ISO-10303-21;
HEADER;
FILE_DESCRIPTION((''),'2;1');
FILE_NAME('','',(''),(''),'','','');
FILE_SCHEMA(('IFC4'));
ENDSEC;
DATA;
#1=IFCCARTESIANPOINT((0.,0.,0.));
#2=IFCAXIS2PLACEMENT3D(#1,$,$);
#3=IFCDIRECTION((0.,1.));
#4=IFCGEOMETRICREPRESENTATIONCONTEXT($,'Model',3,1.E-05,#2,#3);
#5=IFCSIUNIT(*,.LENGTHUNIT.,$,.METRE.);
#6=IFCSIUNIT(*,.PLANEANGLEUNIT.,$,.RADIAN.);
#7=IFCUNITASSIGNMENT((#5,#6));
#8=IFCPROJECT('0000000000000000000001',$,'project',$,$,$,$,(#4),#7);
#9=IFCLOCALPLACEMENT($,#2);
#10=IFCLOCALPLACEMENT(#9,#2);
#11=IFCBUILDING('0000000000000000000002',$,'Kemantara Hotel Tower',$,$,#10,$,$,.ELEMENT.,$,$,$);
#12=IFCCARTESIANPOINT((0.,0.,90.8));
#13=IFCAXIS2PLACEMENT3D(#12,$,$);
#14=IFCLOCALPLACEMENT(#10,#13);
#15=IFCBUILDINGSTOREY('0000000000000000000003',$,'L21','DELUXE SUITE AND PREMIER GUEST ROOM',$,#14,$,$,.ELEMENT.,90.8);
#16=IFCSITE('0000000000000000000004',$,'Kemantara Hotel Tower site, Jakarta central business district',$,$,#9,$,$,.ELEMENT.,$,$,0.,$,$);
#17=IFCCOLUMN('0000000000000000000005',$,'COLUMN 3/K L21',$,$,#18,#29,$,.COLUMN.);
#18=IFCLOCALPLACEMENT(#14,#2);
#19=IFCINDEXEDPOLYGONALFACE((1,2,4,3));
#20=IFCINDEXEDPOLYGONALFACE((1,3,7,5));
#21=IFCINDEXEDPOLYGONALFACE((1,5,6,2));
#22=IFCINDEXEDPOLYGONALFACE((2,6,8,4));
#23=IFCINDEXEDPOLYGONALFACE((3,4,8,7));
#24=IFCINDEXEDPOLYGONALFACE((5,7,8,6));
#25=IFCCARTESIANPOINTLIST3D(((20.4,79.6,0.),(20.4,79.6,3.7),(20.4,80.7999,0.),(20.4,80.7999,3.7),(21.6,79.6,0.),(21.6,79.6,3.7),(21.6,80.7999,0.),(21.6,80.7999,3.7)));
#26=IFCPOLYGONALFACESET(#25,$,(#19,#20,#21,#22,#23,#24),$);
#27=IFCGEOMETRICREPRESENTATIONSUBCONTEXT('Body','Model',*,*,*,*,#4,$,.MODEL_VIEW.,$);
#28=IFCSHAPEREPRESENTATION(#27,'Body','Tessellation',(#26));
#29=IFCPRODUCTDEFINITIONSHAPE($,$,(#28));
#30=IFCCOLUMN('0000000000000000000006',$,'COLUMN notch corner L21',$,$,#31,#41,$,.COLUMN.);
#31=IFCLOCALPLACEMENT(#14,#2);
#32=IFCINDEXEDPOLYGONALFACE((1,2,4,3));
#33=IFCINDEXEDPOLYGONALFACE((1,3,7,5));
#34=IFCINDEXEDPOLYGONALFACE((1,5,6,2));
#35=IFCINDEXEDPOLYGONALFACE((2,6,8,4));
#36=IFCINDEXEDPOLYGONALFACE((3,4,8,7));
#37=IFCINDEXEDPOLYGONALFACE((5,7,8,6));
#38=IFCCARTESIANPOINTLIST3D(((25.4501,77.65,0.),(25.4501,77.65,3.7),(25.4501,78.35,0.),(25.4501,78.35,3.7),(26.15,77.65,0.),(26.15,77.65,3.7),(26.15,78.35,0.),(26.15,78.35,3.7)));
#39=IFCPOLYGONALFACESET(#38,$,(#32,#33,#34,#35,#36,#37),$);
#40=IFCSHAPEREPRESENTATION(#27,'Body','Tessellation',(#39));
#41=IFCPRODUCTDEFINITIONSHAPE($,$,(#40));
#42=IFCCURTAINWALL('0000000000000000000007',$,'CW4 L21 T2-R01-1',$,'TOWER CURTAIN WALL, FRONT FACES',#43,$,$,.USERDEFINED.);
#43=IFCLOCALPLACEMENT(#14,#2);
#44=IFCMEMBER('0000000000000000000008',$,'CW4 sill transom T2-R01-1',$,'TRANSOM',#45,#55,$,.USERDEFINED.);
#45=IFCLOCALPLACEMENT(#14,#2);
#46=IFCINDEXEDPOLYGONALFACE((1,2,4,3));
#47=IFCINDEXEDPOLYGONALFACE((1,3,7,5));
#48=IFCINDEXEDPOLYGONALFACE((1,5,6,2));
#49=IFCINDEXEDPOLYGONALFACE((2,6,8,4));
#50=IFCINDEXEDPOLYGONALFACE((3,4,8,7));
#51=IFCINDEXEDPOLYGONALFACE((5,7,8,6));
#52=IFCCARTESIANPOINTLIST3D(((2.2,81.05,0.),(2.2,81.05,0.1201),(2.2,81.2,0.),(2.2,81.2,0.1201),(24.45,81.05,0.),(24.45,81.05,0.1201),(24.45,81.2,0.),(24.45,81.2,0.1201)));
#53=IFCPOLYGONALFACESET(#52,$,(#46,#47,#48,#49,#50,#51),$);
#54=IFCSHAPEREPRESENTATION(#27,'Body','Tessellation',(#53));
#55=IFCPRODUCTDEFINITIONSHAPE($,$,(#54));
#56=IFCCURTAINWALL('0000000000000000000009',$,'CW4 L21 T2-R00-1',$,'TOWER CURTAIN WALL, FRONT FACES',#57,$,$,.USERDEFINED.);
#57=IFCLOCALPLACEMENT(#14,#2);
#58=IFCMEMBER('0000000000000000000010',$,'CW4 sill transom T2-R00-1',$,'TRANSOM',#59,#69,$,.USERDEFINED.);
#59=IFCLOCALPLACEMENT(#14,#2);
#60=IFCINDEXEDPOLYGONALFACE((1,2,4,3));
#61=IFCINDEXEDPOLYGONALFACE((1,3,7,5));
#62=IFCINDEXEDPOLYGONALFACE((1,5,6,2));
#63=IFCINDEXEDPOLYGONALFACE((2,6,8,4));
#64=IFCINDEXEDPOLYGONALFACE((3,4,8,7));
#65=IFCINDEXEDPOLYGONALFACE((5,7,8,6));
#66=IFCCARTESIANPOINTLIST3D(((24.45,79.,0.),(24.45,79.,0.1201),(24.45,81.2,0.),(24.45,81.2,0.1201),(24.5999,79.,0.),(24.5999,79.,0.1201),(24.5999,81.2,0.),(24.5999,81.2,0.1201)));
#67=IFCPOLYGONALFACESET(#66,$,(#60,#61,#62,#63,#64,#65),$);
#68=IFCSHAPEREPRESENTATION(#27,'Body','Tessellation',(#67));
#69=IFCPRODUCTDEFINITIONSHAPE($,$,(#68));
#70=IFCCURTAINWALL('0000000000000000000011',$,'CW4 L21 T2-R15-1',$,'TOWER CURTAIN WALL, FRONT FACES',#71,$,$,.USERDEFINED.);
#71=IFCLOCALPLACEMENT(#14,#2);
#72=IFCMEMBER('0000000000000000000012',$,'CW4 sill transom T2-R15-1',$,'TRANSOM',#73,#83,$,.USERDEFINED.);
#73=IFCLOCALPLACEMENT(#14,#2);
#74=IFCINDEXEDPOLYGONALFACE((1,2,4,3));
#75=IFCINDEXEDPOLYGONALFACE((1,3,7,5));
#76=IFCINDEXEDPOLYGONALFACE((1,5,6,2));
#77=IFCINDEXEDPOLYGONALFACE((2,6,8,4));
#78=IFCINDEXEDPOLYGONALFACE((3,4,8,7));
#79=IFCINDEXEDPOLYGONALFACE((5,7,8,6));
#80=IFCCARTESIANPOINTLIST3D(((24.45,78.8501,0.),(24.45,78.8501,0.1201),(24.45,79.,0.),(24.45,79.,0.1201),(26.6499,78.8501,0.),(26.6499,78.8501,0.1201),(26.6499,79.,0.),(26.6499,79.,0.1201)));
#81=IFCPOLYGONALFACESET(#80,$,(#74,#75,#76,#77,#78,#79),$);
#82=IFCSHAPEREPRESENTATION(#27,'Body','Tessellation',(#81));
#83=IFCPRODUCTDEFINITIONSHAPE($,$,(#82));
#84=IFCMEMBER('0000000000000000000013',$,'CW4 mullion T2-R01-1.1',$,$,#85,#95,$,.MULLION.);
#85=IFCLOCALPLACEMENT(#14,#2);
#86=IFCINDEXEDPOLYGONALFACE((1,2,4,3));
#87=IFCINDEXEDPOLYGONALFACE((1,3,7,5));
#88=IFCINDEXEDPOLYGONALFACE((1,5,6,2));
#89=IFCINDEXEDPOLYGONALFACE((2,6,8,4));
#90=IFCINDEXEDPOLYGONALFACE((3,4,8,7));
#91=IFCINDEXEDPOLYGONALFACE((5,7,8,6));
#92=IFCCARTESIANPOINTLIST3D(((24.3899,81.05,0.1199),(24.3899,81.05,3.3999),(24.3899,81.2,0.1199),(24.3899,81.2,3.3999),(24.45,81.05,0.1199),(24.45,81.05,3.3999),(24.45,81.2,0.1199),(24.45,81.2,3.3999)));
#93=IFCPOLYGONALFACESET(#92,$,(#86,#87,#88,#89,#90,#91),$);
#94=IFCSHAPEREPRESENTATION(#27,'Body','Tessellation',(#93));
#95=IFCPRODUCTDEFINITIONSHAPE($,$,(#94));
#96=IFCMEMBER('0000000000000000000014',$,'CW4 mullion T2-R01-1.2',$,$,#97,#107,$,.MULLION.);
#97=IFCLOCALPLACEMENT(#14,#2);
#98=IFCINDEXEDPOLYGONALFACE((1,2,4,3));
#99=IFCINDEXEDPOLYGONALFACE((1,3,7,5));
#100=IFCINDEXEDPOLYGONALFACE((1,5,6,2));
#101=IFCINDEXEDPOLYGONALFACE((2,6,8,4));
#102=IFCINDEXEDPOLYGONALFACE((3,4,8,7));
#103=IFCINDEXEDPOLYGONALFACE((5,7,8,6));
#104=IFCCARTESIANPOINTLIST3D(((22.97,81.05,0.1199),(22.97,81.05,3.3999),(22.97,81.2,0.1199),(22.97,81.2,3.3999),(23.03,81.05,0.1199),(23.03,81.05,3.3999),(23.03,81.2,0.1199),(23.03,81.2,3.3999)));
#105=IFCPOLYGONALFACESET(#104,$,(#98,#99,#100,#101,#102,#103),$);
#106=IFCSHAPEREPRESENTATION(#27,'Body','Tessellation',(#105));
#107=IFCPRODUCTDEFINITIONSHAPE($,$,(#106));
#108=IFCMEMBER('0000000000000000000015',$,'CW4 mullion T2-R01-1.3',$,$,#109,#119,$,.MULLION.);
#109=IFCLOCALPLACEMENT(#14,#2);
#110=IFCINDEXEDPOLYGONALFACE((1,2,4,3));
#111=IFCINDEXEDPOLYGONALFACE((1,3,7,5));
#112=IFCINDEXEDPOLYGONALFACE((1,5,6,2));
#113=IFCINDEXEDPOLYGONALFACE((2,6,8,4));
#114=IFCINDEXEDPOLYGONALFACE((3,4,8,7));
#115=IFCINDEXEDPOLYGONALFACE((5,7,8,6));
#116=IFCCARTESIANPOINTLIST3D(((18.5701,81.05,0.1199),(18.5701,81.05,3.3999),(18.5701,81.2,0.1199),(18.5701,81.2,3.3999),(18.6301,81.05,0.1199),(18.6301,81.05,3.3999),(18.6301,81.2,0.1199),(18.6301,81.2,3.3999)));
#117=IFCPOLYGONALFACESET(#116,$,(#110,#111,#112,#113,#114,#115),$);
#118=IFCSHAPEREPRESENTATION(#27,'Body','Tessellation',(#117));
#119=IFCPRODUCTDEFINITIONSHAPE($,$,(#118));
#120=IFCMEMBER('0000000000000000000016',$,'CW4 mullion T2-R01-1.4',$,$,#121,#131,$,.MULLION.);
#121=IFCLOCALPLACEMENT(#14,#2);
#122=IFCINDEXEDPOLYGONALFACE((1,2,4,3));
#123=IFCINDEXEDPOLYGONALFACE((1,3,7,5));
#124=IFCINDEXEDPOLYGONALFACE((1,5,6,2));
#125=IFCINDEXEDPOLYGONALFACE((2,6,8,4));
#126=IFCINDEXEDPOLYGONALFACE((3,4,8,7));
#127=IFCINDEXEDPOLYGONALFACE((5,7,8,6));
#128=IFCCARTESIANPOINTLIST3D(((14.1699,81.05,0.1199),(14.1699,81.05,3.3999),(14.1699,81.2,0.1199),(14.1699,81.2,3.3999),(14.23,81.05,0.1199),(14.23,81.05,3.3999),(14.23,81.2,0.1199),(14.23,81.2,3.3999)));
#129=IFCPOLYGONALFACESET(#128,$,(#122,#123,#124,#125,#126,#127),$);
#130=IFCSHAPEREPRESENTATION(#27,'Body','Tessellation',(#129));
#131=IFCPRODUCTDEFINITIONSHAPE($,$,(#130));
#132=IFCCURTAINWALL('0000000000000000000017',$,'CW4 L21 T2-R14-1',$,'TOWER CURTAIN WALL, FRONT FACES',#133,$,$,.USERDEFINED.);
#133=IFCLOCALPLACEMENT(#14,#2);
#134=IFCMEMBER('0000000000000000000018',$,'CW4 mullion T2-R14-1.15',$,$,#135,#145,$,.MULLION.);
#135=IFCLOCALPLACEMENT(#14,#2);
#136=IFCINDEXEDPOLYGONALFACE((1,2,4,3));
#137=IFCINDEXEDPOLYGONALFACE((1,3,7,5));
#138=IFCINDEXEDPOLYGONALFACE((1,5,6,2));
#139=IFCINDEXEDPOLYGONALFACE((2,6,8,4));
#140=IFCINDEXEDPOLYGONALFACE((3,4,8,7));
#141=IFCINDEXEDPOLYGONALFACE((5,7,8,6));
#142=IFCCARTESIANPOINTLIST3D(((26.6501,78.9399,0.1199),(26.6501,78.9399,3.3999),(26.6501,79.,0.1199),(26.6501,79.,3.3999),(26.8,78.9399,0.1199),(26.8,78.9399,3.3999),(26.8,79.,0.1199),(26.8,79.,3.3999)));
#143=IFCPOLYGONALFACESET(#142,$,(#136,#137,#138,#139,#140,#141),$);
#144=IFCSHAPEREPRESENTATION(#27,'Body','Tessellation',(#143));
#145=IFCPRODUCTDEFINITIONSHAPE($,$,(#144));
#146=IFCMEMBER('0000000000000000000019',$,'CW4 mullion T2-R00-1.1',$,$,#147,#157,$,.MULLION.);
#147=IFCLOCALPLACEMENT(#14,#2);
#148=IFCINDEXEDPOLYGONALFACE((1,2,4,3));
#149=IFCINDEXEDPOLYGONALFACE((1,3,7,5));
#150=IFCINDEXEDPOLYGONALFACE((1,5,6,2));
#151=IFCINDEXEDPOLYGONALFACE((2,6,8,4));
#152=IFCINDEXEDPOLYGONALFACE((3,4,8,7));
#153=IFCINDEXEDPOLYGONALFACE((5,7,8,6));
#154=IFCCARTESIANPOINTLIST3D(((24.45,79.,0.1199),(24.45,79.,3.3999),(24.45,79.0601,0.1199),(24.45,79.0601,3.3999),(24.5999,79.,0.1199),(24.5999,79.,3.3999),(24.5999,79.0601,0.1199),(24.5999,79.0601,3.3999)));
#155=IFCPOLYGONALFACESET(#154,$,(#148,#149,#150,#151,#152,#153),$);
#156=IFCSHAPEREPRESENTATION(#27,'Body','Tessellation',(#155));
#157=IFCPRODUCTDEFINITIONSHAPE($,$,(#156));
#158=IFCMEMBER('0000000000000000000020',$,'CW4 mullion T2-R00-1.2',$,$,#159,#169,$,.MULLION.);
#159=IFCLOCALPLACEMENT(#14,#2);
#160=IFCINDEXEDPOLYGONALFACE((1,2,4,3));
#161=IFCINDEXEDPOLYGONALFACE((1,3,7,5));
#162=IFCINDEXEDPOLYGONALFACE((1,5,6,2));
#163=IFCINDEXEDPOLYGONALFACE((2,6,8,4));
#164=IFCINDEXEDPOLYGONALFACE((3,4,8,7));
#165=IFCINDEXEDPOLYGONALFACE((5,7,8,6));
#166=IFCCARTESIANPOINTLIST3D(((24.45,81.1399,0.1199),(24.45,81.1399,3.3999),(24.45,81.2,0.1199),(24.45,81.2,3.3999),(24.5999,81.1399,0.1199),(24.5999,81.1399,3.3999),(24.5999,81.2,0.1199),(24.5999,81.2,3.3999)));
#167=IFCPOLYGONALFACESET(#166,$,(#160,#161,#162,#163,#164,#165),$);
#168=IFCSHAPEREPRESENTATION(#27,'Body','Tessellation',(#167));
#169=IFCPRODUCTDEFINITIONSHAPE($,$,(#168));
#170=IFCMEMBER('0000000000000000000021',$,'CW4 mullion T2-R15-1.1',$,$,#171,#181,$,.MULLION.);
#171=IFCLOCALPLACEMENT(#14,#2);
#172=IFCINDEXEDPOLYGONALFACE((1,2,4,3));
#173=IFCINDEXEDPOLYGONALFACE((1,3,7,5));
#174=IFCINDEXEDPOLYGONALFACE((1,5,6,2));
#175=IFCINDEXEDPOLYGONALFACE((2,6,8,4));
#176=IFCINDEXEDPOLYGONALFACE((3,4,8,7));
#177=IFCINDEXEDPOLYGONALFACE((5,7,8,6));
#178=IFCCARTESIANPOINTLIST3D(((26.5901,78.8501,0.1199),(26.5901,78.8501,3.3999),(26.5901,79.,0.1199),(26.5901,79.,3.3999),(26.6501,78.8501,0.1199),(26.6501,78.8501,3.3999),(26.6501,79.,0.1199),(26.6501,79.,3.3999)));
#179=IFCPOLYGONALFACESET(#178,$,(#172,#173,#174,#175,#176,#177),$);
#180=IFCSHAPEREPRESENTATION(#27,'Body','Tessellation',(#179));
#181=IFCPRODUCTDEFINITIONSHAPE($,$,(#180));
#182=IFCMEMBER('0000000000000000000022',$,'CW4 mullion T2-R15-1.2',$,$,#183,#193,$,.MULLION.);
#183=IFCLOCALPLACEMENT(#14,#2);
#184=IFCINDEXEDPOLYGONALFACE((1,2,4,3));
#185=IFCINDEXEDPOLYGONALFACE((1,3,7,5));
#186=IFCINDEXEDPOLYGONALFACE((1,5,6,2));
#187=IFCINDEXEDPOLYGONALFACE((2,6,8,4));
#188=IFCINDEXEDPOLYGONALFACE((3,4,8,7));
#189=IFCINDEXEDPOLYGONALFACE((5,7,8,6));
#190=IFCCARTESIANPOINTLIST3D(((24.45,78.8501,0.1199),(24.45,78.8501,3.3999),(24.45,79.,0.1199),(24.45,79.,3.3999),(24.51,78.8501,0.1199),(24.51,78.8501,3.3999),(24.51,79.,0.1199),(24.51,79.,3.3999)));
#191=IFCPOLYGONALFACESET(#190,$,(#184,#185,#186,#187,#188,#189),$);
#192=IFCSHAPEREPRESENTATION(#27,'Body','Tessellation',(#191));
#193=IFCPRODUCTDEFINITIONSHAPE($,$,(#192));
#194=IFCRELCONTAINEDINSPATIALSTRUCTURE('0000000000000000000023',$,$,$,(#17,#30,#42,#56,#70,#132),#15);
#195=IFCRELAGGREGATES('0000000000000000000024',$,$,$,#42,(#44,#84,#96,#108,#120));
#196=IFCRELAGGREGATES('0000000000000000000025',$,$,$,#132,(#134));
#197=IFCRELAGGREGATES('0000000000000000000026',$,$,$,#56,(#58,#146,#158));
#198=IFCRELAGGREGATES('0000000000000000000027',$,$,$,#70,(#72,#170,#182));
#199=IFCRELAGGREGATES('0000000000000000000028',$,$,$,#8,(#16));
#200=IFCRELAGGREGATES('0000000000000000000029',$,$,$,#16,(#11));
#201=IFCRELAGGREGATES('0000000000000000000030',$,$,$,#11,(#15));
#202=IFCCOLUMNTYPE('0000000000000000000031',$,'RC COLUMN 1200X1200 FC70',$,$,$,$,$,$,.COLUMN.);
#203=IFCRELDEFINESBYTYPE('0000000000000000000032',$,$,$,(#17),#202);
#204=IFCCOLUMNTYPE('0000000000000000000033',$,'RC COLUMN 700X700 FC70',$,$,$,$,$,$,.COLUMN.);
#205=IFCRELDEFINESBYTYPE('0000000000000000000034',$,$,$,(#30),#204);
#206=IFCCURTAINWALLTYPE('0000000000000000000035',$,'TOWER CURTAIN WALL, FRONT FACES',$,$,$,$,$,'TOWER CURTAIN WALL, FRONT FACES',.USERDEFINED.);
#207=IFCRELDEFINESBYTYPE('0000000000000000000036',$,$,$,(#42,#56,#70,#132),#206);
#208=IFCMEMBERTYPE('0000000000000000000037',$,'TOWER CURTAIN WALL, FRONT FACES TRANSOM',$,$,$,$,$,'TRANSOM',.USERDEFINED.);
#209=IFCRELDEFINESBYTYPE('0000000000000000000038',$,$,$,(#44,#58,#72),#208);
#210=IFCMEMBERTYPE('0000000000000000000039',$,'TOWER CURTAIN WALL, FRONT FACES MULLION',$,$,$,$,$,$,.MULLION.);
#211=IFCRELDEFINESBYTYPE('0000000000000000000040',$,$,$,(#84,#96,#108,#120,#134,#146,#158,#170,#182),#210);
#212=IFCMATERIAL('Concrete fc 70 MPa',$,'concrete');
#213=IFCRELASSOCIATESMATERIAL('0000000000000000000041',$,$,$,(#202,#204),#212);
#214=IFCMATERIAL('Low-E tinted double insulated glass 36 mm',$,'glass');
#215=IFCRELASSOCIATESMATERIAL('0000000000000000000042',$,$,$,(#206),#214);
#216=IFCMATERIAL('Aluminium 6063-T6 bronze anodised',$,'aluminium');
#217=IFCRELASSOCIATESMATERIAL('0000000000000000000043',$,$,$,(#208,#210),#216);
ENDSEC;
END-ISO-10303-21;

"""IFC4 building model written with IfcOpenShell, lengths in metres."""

from ifc_helpers import new_model, si_unit, direction, frame, origin, origin_2d, place, context, subcontext, project, spatial, rectangle, extrude, source, transform, mapped, material, material_profile, profile_set, type_object, element, aggregate, save


model = new_model("IFC4")

# Units and contexts
model_context = context("Model", 3, precision=1e-05, world=origin(), true_north=direction((0.0, 1.0)))
body_context = subcontext(model_context, "Body", "Model", "MODEL_VIEW")
ifc_project = project(units=[si_unit("LENGTHUNIT", "METRE"), si_unit("PLANEANGLEUNIT", "RADIAN")], contexts=[model_context])

# Site, building, storey
site_placement = place(None, origin())
site = spatial("IfcSite", under=ifc_project, at=site_placement, Name="Kemantara Hotel Tower site, Jakarta central business district", CompositionType="ELEMENT", RefElevation=0.0)
building_placement = place(site_placement, origin())
building = spatial("IfcBuilding", under=site, at=building_placement, Name="Kemantara Hotel Tower", CompositionType="ELEMENT")
storey_placement = place(building_placement, frame((0.0, 0.0, 90.8)))
storey = spatial("IfcBuildingStorey", under=building, at=storey_placement, Name="L21", Description="DELUXE SUITE AND PREMIER GUEST ROOM", CompositionType="ELEMENT", Elevation=90.8)

# Columns
ifc_material_1 = material(Name="Concrete fc 70 MPa", Category="concrete")
ifc_material_profile_1 = material_profile(ifc_material_1, rectangle(XDim=1.2, YDim=1.2, at=origin_2d()), Name="RC 1200X1200")
ifc_profile_set_1 = profile_set([ifc_material_profile_1], Name="Concrete fc 70 MPa")
column_type_1 = type_object("IfcColumnType", Name="RC COLUMN 1200X1200 FC70", PredefinedType="COLUMN", material=ifc_profile_set_1)
column_1_placement = place(storey_placement, frame((21.0, 80.2, 0.0), z_axis=(0.0, 0.0, 1.0), x_axis=(1.0, 0.0, 0.0)))
element("IfcColumn", 1, at=column_1_placement, inside=storey, type_object=column_type_1, Name="COLUMN 3/K L21", PredefinedType="COLUMN", context=body_context, shape_type="SweptSolid", body=[
    extrude(rectangle(XDim=1.2, YDim=1.2, at=origin_2d()), origin(), (0.0, 0.0, 1.0), 3.7),
])
ifc_material_profile_2 = material_profile(ifc_material_1, rectangle(XDim=0.7, YDim=0.7, at=origin_2d()), Name="RC 700X700")
ifc_profile_set_2 = profile_set([ifc_material_profile_2], Name="Concrete fc 70 MPa")
column_type_2 = type_object("IfcColumnType", Name="RC COLUMN 700X700 FC70", PredefinedType="COLUMN", material=ifc_profile_set_2)
column_2_placement = place(storey_placement, frame((25.8, 78.0, 0.0), z_axis=(0.0, 0.0, 1.0), x_axis=(1.0, 0.0, 0.0)))
element("IfcColumn", 2, at=column_2_placement, inside=storey, type_object=column_type_2, Name="COLUMN notch corner L21", PredefinedType="COLUMN", context=body_context, shape_type="SweptSolid", body=[
    extrude(rectangle(XDim=0.7, YDim=0.7, at=origin_2d()), origin(), (0.0, 0.0, 1.0), 3.7),
])

# Curtain walls, members
ifc_material_2 = material(Name="Low-E tinted double insulated glass 36 mm", Category="glass")
curtain_wall_type = type_object("IfcCurtainWallType", Name="TOWER CURTAIN WALL, FRONT FACES", ElementType="TOWER CURTAIN WALL, FRONT FACES", PredefinedType="USERDEFINED", material=ifc_material_2)
curtain_wall_1_placement = place(storey_placement, origin())
curtain_wall_1 = element("IfcCurtainWall", 3, at=curtain_wall_1_placement, inside=storey, type_object=curtain_wall_type, Name="CW4 L21 T2-R01-1", ObjectType="TOWER CURTAIN WALL, FRONT FACES", PredefinedType="USERDEFINED")
ifc_material_3 = material(Name="Aluminium 6063-T6 bronze anodised", Category="aluminium")
ifc_material_profile_3 = material_profile(ifc_material_3, rectangle(XDim=0.1499, YDim=0.1201, at=origin_2d()), Name="TOWER CURTAIN WALL, FRONT FACES TRANSOM")
ifc_profile_set_3 = profile_set([ifc_material_profile_3], Name="Aluminium 6063-T6 bronze anodised")
member_type_1 = type_object("IfcMemberType", Name="TOWER CURTAIN WALL, FRONT FACES TRANSOM", ElementType="TRANSOM", PredefinedType="USERDEFINED", material=ifc_profile_set_3)
member_1_placement = place(storey_placement, frame((24.45, 81.125, 0.0601), z_axis=(-1.0, 0.0, 0.0), x_axis=(0.0, -1.0, 0.0)))
member_1 = element("IfcMember", 4, at=member_1_placement, type_object=member_type_1, Name="CW4 sill transom T2-R01-1", ObjectType="TRANSOM", PredefinedType="USERDEFINED", context=body_context, shape_type="SweptSolid", body=[
    extrude(rectangle(XDim=0.1499, YDim=0.1201, at=origin_2d()), origin(), (0.0, 0.0, 1.0), 22.25),
])
curtain_wall_2_placement = place(storey_placement, origin())
curtain_wall_2 = element("IfcCurtainWall", 5, at=curtain_wall_2_placement, inside=storey, type_object=curtain_wall_type, Name="CW4 L21 T2-R00-1", ObjectType="TOWER CURTAIN WALL, FRONT FACES", PredefinedType="USERDEFINED")
member_2_placement = place(storey_placement, frame((24.5249, 79.0, 0.0601), z_axis=(0.0, 1.0, 0.0), x_axis=(-1.0, 0.0, 0.0)))
member_2 = element("IfcMember", 6, at=member_2_placement, type_object=member_type_1, Name="CW4 sill transom T2-R00-1", ObjectType="TRANSOM", PredefinedType="USERDEFINED", context=body_context, shape_type="SweptSolid", body=[
    extrude(rectangle(XDim=0.1499, YDim=0.1201, at=origin_2d()), origin(), (0.0, 0.0, 1.0), 2.2),
])
curtain_wall_3_placement = place(storey_placement, origin())
curtain_wall_3 = element("IfcCurtainWall", 7, at=curtain_wall_3_placement, inside=storey, type_object=curtain_wall_type, Name="CW4 L21 T2-R15-1", ObjectType="TOWER CURTAIN WALL, FRONT FACES", PredefinedType="USERDEFINED")
member_3_placement = place(storey_placement, frame((26.6499, 78.925, 0.0601), z_axis=(-1.0, 0.0, 0.0), x_axis=(0.0, -1.0, 0.0)))
member_3 = element("IfcMember", 8, at=member_3_placement, type_object=member_type_1, Name="CW4 sill transom T2-R15-1", ObjectType="TRANSOM", PredefinedType="USERDEFINED", context=body_context, shape_type="SweptSolid", body=[
    extrude(rectangle(XDim=0.1499, YDim=0.1201, at=origin_2d()), origin(), (0.0, 0.0, 1.0), 2.2),
])

# Members
ifc_material_profile_4 = material_profile(ifc_material_3, rectangle(XDim=0.1499, YDim=0.0601, at=origin_2d()), Name="TOWER CURTAIN WALL, FRONT FACES MULLION")
ifc_profile_set_4 = profile_set([ifc_material_profile_4], Name="Aluminium 6063-T6 bronze anodised")
member_type_2 = type_object("IfcMemberType", Name="TOWER CURTAIN WALL, FRONT FACES MULLION", PredefinedType="MULLION", material=ifc_profile_set_4)
shared_shape_1 = source(origin(), body_context, "Body", "SweptSolid", [
    extrude(rectangle(XDim=0.1499, YDim=0.0601, at=origin_2d()), origin(), (0.0, 0.0, 1.0), 3.28),
])
member_4_placement = place(storey_placement, frame((24.4199, 81.125, 0.1199), z_axis=(0.0, 0.0, 1.0), x_axis=(0.0, -1.0, 0.0)))
member_4 = element("IfcMember", 9, at=member_4_placement, type_object=member_type_2, Name="CW4 mullion T2-R01-1.1", PredefinedType="MULLION", context=body_context, shape_type="MappedRepresentation", body=[
    mapped(shared_shape_1, transform((0.0, 0.0, 0.0))),
])
member_5_placement = place(storey_placement, frame((23.0, 81.125, 0.1199), z_axis=(0.0, 0.0, 1.0), x_axis=(0.0, -1.0, 0.0)))
member_5 = element("IfcMember", 10, at=member_5_placement, type_object=member_type_2, Name="CW4 mullion T2-R01-1.2", PredefinedType="MULLION", context=body_context, shape_type="MappedRepresentation", body=[
    mapped(shared_shape_1, transform((0.0, 0.0, 0.0))),
])
member_6_placement = place(storey_placement, frame((18.6001, 81.125, 0.1199), z_axis=(0.0, 0.0, 1.0), x_axis=(0.0, -1.0, 0.0)))
member_6 = element("IfcMember", 11, at=member_6_placement, type_object=member_type_2, Name="CW4 mullion T2-R01-1.3", PredefinedType="MULLION", context=body_context, shape_type="MappedRepresentation", body=[
    mapped(shared_shape_1, transform((0.0, 0.0, 0.0))),
])
member_7_placement = place(storey_placement, frame((14.2, 81.125, 0.1199), z_axis=(0.0, 0.0, 1.0), x_axis=(0.0, -1.0, 0.0)))
member_7 = element("IfcMember", 12, at=member_7_placement, type_object=member_type_2, Name="CW4 mullion T2-R01-1.4", PredefinedType="MULLION", context=body_context, shape_type="MappedRepresentation", body=[
    mapped(shared_shape_1, transform((0.0, 0.0, 0.0))),
])

# Curtain wall, member
curtain_wall_4_placement = place(storey_placement, origin())
curtain_wall_4 = element("IfcCurtainWall", 13, at=curtain_wall_4_placement, inside=storey, type_object=curtain_wall_type, Name="CW4 L21 T2-R14-1", ObjectType="TOWER CURTAIN WALL, FRONT FACES", PredefinedType="USERDEFINED")
member_8_placement = place(storey_placement, frame((26.7251, 78.97, 0.1199), z_axis=(0.0, 0.0, 1.0), x_axis=(-1.0, 0.0, 0.0)))
member_8 = element("IfcMember", 14, at=member_8_placement, type_object=member_type_2, Name="CW4 mullion T2-R14-1.15", PredefinedType="MULLION", context=body_context, shape_type="MappedRepresentation", body=[
    mapped(shared_shape_1, transform((0.0, 0.0, 0.0))),
])

# Members
member_9_placement = place(storey_placement, frame((24.5249, 79.03, 0.1199), z_axis=(0.0, 0.0, 1.0), x_axis=(-1.0, 0.0, 0.0)))
member_9 = element("IfcMember", 15, at=member_9_placement, type_object=member_type_2, Name="CW4 mullion T2-R00-1.1", PredefinedType="MULLION", context=body_context, shape_type="MappedRepresentation", body=[
    mapped(shared_shape_1, transform((0.0, 0.0, 0.0))),
])
member_10_placement = place(storey_placement, frame((24.5249, 81.1699, 0.1199), z_axis=(0.0, 0.0, 1.0), x_axis=(-1.0, 0.0, 0.0)))
member_10 = element("IfcMember", 16, at=member_10_placement, type_object=member_type_2, Name="CW4 mullion T2-R00-1.2", PredefinedType="MULLION", context=body_context, shape_type="MappedRepresentation", body=[
    mapped(shared_shape_1, transform((0.0, 0.0, 0.0))),
])
member_11_placement = place(storey_placement, frame((26.6201, 78.925, 0.1199), z_axis=(0.0, 0.0, 1.0), x_axis=(0.0, -1.0, 0.0)))
member_11 = element("IfcMember", 17, at=member_11_placement, type_object=member_type_2, Name="CW4 mullion T2-R15-1.1", PredefinedType="MULLION", context=body_context, shape_type="MappedRepresentation", body=[
    mapped(shared_shape_1, transform((0.0, 0.0, 0.0))),
])
member_12_placement = place(storey_placement, frame((24.48, 78.925, 0.1199), z_axis=(0.0, 0.0, 1.0), x_axis=(0.0, -1.0, 0.0)))
member_12 = element("IfcMember", 18, at=member_12_placement, type_object=member_type_2, Name="CW4 mullion T2-R15-1.2", PredefinedType="MULLION", context=body_context, shape_type="MappedRepresentation", body=[
    mapped(shared_shape_1, transform((0.0, 0.0, 0.0))),
])

aggregate(curtain_wall_1, [member_1, member_4, member_5, member_6, member_7])
aggregate(curtain_wall_4, [member_8])
aggregate(curtain_wall_2, [member_2, member_9, member_10])
aggregate(curtain_wall_3, [member_3, member_11, member_12])

save(model, "model.ifc")
